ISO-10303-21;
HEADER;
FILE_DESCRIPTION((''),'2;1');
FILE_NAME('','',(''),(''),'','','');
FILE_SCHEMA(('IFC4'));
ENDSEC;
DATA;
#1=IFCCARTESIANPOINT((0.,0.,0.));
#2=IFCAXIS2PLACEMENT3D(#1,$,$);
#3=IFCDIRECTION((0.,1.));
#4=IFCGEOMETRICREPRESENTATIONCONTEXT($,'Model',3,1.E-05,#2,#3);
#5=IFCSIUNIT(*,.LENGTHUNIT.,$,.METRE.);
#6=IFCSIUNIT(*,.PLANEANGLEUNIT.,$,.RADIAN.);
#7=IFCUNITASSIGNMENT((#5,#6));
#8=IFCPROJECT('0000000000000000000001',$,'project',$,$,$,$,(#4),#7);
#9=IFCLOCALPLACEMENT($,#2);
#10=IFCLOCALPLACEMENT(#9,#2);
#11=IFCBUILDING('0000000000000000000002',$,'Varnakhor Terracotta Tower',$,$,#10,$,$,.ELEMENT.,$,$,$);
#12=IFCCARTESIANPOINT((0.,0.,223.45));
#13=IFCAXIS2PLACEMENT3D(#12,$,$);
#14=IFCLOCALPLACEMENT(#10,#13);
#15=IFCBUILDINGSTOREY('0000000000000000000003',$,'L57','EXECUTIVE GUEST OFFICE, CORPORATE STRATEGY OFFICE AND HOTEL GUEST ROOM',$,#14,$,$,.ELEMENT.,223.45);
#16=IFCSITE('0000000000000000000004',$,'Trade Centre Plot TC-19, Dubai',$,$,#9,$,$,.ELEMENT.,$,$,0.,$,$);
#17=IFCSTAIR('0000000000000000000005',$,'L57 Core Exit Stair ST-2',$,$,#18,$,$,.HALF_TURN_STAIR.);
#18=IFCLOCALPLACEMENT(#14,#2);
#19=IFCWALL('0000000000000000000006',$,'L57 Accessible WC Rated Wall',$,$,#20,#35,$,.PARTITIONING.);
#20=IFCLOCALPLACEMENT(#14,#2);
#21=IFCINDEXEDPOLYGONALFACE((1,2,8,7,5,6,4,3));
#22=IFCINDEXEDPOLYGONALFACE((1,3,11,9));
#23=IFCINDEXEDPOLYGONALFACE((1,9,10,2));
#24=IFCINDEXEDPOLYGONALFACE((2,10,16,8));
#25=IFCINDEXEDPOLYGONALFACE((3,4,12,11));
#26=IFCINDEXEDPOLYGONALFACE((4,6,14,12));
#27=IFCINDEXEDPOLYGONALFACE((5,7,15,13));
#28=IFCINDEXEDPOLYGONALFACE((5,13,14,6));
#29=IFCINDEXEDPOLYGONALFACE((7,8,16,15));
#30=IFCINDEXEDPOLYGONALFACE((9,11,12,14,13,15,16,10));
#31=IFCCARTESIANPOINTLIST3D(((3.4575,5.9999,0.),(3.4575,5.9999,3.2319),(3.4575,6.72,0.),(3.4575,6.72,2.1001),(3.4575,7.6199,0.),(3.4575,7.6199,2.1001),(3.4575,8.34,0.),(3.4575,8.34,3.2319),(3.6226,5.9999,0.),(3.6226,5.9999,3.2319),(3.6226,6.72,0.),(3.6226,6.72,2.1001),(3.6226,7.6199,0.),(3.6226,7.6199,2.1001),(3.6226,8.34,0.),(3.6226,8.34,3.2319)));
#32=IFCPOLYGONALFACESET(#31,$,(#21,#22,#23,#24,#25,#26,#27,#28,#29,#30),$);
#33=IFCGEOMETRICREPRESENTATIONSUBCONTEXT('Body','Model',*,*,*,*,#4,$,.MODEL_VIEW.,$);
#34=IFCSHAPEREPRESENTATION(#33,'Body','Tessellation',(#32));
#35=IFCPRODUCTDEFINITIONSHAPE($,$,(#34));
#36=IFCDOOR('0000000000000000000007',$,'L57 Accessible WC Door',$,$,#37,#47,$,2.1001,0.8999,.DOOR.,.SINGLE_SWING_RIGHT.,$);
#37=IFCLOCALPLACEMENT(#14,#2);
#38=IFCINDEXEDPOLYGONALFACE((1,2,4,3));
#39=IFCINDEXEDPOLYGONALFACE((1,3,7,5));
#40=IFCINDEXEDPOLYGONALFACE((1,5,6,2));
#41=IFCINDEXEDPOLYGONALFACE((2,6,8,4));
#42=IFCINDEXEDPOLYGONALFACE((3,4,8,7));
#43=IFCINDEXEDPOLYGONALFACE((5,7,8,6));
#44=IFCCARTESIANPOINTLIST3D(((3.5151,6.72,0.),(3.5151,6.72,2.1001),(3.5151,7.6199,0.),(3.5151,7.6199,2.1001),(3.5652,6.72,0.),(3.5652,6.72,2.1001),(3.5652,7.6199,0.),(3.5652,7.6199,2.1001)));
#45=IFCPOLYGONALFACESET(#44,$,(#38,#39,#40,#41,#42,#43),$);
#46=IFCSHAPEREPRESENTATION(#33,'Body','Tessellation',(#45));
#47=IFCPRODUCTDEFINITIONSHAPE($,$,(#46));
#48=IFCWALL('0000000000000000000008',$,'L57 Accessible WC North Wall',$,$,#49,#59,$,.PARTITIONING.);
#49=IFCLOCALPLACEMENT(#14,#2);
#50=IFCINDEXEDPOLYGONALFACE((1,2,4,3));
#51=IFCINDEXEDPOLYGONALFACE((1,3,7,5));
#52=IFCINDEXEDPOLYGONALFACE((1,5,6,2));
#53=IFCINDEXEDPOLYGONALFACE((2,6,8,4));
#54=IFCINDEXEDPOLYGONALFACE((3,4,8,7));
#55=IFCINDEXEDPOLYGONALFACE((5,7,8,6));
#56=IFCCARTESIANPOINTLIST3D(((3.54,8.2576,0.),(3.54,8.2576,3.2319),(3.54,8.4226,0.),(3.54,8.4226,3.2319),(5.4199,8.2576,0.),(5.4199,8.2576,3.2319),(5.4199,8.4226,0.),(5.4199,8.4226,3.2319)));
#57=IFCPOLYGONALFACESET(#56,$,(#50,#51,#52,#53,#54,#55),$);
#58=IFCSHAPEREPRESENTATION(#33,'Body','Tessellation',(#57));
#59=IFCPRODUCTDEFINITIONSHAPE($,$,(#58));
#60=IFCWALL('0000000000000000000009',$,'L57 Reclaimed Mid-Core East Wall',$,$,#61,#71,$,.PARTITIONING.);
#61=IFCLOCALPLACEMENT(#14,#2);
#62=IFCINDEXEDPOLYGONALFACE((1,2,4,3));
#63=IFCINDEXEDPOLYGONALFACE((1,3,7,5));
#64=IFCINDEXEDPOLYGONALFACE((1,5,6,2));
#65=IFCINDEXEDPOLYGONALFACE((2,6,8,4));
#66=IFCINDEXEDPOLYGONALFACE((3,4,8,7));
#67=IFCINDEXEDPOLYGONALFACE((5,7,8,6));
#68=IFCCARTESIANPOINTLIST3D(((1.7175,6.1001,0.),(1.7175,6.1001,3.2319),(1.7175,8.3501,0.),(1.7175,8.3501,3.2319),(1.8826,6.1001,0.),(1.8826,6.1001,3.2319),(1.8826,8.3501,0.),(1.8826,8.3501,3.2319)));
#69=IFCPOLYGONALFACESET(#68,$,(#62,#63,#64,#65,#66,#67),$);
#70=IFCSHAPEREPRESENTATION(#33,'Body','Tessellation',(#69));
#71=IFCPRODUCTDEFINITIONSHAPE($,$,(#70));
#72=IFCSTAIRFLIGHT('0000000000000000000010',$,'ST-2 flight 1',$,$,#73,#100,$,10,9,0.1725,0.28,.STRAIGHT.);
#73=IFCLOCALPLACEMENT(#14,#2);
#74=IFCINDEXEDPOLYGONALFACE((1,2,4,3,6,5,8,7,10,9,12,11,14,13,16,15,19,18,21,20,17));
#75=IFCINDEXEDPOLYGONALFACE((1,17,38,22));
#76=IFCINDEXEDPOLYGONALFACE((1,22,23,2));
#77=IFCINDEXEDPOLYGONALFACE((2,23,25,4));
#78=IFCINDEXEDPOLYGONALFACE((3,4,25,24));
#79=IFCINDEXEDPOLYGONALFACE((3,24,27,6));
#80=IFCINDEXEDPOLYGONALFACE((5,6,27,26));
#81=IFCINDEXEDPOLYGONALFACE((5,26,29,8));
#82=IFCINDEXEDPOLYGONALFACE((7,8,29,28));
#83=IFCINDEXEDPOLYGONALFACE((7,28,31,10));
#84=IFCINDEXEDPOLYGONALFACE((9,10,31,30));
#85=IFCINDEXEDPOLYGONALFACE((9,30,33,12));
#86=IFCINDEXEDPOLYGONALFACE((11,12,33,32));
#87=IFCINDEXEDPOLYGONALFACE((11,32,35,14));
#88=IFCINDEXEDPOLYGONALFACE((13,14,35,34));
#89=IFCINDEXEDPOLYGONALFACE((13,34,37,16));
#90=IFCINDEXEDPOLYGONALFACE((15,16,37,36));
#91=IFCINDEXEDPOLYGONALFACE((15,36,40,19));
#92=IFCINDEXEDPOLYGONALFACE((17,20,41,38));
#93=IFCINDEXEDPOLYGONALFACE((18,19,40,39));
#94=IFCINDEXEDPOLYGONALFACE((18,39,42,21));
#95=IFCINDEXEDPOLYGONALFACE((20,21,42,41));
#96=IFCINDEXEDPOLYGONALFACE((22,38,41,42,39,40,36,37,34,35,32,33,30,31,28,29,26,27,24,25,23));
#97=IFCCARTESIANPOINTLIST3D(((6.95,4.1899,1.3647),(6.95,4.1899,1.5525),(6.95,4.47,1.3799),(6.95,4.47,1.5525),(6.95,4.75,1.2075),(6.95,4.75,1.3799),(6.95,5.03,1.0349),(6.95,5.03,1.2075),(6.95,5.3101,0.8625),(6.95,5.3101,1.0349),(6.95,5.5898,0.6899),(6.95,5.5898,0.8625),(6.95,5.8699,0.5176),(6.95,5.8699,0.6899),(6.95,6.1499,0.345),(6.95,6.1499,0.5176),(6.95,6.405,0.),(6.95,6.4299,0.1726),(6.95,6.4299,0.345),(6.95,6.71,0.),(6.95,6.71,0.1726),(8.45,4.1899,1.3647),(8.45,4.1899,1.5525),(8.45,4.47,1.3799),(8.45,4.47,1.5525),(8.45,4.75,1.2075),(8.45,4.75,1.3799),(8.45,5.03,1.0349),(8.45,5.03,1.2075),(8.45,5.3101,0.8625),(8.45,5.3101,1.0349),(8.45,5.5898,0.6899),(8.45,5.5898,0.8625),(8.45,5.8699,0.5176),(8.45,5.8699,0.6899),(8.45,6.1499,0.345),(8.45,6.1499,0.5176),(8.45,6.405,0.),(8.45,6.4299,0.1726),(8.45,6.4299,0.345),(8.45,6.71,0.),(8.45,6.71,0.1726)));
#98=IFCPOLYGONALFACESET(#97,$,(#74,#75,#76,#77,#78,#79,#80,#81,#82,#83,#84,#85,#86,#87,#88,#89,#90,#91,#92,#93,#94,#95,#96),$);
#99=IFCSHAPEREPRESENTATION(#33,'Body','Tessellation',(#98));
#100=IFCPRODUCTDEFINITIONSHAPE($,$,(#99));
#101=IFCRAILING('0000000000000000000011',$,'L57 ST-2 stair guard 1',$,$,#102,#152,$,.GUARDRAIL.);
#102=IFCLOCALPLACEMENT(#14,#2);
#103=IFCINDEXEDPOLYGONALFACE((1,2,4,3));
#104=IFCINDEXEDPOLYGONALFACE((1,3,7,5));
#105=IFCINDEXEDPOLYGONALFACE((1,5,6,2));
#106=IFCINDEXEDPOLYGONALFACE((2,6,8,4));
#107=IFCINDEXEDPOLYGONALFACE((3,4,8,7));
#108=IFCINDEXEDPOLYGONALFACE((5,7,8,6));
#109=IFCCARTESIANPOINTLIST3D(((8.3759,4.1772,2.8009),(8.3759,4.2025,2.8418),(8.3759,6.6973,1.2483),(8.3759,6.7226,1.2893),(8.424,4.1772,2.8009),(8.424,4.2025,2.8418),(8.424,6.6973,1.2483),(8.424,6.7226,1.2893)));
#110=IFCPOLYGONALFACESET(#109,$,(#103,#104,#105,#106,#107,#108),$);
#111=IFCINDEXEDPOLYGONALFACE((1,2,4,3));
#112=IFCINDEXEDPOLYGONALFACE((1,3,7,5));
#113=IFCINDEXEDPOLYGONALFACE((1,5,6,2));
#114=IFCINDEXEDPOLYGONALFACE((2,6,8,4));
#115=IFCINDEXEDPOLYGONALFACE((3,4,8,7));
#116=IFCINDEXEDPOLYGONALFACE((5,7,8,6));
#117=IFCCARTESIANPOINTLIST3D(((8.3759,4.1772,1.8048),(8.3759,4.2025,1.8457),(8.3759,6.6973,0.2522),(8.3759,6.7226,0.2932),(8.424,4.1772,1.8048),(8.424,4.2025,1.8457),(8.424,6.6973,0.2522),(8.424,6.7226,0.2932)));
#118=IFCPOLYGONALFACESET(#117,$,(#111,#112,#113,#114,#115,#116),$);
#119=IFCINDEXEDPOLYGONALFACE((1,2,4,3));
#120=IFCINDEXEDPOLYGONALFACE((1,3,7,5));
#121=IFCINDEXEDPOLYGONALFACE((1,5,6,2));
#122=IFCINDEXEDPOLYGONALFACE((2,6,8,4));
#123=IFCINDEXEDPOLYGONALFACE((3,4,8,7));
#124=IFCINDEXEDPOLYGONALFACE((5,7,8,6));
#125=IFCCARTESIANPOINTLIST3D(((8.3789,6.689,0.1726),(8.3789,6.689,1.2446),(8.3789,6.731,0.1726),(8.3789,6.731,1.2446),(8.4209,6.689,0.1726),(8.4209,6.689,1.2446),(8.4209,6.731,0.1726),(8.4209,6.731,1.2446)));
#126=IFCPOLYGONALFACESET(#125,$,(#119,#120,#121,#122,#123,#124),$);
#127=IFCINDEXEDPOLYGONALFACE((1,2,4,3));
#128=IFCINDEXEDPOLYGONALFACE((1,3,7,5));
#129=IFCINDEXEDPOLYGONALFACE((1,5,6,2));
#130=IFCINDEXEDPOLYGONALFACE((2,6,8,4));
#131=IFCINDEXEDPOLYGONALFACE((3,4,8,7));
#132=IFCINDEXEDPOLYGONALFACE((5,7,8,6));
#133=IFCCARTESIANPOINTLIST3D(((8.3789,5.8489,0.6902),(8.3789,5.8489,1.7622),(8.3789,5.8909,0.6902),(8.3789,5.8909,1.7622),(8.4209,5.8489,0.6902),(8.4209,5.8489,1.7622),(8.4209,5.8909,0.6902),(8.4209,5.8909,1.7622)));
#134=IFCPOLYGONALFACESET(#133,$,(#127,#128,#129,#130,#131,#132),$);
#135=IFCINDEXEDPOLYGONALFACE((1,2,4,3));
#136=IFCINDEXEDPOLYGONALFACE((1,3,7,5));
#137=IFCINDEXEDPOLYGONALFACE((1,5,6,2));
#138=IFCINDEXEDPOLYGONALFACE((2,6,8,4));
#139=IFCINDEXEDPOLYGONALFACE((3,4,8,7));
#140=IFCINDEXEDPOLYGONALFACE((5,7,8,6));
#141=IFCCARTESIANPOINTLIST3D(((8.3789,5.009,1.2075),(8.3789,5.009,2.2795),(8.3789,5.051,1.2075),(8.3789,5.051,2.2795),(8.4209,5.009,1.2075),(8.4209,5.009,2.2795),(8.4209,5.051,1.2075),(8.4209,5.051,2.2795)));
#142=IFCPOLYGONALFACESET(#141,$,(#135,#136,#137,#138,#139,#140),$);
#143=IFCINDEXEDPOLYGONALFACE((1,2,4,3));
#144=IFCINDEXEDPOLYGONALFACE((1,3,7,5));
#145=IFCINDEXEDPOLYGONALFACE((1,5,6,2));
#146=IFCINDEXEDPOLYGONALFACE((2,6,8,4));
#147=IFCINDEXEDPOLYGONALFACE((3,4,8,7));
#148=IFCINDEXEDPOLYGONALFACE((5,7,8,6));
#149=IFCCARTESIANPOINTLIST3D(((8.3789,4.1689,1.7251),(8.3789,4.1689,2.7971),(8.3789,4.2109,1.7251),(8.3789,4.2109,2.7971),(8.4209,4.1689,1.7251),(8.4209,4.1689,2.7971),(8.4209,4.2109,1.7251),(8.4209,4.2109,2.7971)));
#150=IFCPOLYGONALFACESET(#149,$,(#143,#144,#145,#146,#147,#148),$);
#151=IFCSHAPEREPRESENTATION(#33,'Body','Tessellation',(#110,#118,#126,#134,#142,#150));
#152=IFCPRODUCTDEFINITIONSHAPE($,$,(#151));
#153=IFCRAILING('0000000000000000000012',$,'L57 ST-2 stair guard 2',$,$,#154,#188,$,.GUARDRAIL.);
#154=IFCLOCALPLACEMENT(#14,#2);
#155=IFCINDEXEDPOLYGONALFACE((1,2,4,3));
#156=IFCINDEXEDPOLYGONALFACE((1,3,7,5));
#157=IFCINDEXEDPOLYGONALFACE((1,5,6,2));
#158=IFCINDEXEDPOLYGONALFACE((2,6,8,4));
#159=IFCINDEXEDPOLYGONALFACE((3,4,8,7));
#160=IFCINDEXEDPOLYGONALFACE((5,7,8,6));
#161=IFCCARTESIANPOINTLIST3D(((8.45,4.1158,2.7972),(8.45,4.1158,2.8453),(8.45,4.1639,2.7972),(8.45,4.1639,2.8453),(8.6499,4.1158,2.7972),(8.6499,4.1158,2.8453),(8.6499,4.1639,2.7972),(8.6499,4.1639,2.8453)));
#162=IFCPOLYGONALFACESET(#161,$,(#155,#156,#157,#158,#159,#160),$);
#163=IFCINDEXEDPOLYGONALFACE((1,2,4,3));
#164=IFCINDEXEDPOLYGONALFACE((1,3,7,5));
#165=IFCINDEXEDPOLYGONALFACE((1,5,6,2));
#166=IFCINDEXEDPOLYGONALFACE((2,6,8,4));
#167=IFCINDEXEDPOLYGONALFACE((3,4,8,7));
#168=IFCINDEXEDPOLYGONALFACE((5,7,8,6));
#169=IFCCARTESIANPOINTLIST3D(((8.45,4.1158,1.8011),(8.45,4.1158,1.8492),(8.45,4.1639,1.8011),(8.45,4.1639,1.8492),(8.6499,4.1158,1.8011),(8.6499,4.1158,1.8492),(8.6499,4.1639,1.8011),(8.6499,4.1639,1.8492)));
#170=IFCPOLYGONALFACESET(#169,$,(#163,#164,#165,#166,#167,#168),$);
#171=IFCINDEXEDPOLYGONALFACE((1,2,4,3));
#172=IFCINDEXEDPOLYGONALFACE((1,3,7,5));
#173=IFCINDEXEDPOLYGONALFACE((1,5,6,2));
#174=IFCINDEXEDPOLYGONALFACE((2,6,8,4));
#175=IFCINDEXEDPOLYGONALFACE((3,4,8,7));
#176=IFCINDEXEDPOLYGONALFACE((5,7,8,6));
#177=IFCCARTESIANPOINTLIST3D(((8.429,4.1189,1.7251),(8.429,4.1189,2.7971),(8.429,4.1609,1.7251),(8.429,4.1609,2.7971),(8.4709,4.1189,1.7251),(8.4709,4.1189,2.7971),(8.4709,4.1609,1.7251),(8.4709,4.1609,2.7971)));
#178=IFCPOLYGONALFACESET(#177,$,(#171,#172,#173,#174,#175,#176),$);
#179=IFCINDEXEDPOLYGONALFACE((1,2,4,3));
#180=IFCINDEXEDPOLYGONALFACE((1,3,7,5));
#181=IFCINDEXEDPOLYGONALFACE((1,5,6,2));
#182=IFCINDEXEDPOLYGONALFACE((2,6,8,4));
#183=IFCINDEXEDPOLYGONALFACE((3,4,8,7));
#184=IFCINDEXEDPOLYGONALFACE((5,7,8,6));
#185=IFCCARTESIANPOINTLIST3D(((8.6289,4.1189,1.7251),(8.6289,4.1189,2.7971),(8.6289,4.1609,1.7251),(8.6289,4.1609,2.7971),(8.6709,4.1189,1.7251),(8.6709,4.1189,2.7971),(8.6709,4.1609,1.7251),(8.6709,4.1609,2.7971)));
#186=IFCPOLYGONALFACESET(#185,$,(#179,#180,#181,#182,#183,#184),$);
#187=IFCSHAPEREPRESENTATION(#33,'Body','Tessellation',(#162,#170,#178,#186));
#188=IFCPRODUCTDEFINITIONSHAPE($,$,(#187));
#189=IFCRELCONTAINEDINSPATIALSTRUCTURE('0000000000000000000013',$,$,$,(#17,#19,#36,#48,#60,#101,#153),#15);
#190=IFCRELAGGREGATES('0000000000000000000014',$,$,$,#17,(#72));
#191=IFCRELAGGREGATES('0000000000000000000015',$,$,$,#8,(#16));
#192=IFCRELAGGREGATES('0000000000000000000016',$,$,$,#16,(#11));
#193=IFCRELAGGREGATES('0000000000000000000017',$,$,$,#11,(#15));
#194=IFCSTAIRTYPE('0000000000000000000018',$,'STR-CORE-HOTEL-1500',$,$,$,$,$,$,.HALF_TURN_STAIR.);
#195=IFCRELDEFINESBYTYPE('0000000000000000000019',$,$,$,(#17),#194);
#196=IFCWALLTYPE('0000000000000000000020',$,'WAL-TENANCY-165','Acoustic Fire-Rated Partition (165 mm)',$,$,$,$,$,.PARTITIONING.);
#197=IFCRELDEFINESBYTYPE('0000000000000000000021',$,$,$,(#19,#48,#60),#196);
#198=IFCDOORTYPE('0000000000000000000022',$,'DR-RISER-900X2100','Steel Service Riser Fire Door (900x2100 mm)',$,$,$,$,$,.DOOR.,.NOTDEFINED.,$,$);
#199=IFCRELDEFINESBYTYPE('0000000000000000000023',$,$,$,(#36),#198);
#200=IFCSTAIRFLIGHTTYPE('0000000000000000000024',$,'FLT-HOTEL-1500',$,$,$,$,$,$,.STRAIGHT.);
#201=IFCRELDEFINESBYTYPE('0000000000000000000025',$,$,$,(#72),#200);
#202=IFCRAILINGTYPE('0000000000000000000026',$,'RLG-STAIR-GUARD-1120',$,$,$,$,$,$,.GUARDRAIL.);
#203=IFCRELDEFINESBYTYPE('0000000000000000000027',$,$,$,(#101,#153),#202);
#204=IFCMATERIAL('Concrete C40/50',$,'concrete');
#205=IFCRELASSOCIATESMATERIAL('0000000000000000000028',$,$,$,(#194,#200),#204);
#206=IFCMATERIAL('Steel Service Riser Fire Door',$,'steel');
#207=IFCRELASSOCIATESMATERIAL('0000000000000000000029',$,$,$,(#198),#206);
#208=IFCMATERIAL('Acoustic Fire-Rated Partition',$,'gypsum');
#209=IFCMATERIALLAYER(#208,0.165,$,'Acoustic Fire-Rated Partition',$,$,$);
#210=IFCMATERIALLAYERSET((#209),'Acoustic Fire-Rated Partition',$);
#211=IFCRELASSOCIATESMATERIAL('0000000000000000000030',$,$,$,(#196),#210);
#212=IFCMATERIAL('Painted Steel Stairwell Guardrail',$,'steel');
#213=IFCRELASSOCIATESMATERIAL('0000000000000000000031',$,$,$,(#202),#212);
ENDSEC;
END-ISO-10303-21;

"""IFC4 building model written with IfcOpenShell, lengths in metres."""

from ifc_helpers import new_model, si_unit, direction, frame, frame_2d, origin, origin_2d, place, context, subcontext, project, spatial, polyline, rectangle, outline, extrude, source, transform, mapped, material, layer, layer_set, type_object, type_shapes, element, fill, aggregate, save


model = new_model("IFC4")

# Units and contexts
model_context = context("Model", 3, precision=1e-05, world=origin(), true_north=direction((0.0, 1.0)))
body_context = subcontext(model_context, "Body", "Model", "MODEL_VIEW")
ifc_project = project(units=[si_unit("LENGTHUNIT", "METRE"), si_unit("PLANEANGLEUNIT", "RADIAN")], contexts=[model_context])

# Site, building, storey
site_placement = place(None, origin())
site = spatial("IfcSite", under=ifc_project, at=site_placement, Name="Trade Centre Plot TC-19, Dubai", CompositionType="ELEMENT", RefElevation=0.0)
building_placement = place(site_placement, origin())
building = spatial("IfcBuilding", under=site, at=building_placement, Name="Varnakhor Terracotta Tower", CompositionType="ELEMENT")
storey_placement = place(building_placement, frame((0.0, 0.0, 223.45)))
storey = spatial("IfcBuildingStorey", under=building, at=storey_placement, Name="L57", Description="EXECUTIVE GUEST OFFICE, CORPORATE STRATEGY OFFICE AND HOTEL GUEST ROOM", CompositionType="ELEMENT", Elevation=223.45)

# Shared definitions
ifc_material_1 = material(Name="Concrete C40/50", Category="concrete")

# Stair
stair_type = type_object("IfcStairType", Name="STR-CORE-HOTEL-1500", PredefinedType="HALF_TURN_STAIR", material=ifc_material_1)
stair_1_placement = place(storey_placement, origin())
stair_1 = element("IfcStair", 1, at=stair_1_placement, inside=storey, type_object=stair_type, Name="L57 Core Exit Stair ST-2", PredefinedType="HALF_TURN_STAIR")

# Shared definitions
ifc_material_2 = material(Name="Acoustic Fire-Rated Partition", Category="gypsum")

# Wall, opening, door
ifc_material_3 = material(Name="Steel Service Riser Fire Door", Category="steel")
door_type_1 = type_object("IfcDoorType", Name="DR-RISER-900X2100", Description="Steel Service Riser Fire Door (900x2100 mm)", OperationType="NOTDEFINED", PredefinedType="DOOR", material=ifc_material_3)
shared_shape_1 = source(origin(), body_context, "Body", "SweptSolid", [
    extrude(rectangle(XDim=0.8999, YDim=2.1001, at=frame_2d((0.45, 1.05))), frame((0.0, 0.0249, 0.0), z_axis=(0.0, -1.0, 0.0), x_axis=(1.0, 0.0, 0.0)), (0.0, 0.0, 1.0), 0.05),
])
type_shapes(door_type_1, [shared_shape_1])
ifc_layer_1 = layer(ifc_material_2, 0.165, Name="Acoustic Fire-Rated Partition")
ifc_layer_set_1 = layer_set([ifc_layer_1], Name="Acoustic Fire-Rated Partition")
wall_type_1 = type_object("IfcWallType", Name="WAL-TENANCY-165", Description="Acoustic Fire-Rated Partition (165 mm)", PredefinedType="PARTITIONING", material=ifc_layer_set_1)
wall_1_placement = place(storey_placement, frame((3.54, 6.0, 0.0), z_axis=(0.0, 0.0, 1.0), x_axis=(0.0, 1.0, 0.0)))
wall_1 = element("IfcWall", 2, at=wall_1_placement, inside=storey, type_object=wall_type_1, Name="L57 Accessible WC Rated Wall", PredefinedType="PARTITIONING", context=body_context, shape_type="SweptSolid", body=[
    extrude(rectangle(XDim=2.3401, YDim=0.165, at=frame_2d((1.1699, 0.0))), origin(), (0.0, 0.0, 1.0), 3.2319),
])
opening_1_placement = place(wall_1_placement, frame((0.72, 0.0, 0.0)))
opening_1 = element("IfcOpeningElement", 3, at=opening_1_placement, cuts=wall_1, PredefinedType="OPENING", context=body_context, shape_type="SweptSolid", body=[
    extrude(rectangle(XDim=0.8999, YDim=2.1001, at=frame_2d((0.45, 1.05))), frame((0.0, 0.0925, 0.0), z_axis=(0.0, -1.0, 0.0), x_axis=(1.0, 0.0, 0.0)), (0.0, 0.0, 1.0), 0.1851),
])
door_1_placement = place(opening_1_placement, origin())
door_1 = element("IfcDoor", 4, at=door_1_placement, inside=storey, type_object=door_type_1, Name="L57 Accessible WC Door", OperationType="SINGLE_SWING_RIGHT", OverallHeight=2.1001, OverallWidth=0.8999, PredefinedType="DOOR", context=body_context, shape_type="MappedRepresentation", body=[
    mapped(shared_shape_1, transform((0.0, 0.0, 0.0), scale=1.0)),
])
fill(opening_1, door_1)

# Walls
wall_2_placement = place(storey_placement, frame((3.54, 8.3401, 0.0), z_axis=(0.0, 0.0, 1.0), x_axis=(1.0, 0.0, 0.0)))
element("IfcWall", 5, at=wall_2_placement, inside=storey, type_object=wall_type_1, Name="L57 Accessible WC North Wall", PredefinedType="PARTITIONING", context=body_context, shape_type="SweptSolid", body=[
    extrude(rectangle(XDim=1.8799, YDim=0.165, at=frame_2d((0.9399, 0.0))), origin(), (0.0, 0.0, 1.0), 3.2319),
])
wall_3_placement = place(storey_placement, frame((1.8, 6.1001, 0.0), z_axis=(0.0, 0.0, 1.0), x_axis=(0.0, 1.0, 0.0)))
element("IfcWall", 6, at=wall_3_placement, inside=storey, type_object=wall_type_1, Name="L57 Reclaimed Mid-Core East Wall", PredefinedType="PARTITIONING", context=body_context, shape_type="SweptSolid", body=[
    extrude(rectangle(XDim=2.25, YDim=0.165, at=frame_2d((1.125, 0.0))), origin(), (0.0, 0.0, 1.0), 3.2319),
])

# Stair flight
stair_flight_type = type_object("IfcStairFlightType", Name="FLT-HOTEL-1500", PredefinedType="STRAIGHT", material=ifc_material_1)
stair_flight_placement = place(storey_placement, frame((7.7, 6.71, 0.0), z_axis=(0.0, 0.0, 1.0), x_axis=(0.0, -1.0, 0.0)))
stair_flight = element("IfcStairFlight", 7, at=stair_flight_placement, type_object=stair_flight_type, Name="ST-2 flight 1", NumberOfRisers=10, NumberOfTreads=9, PredefinedType="STRAIGHT", RiserHeight=0.1725, TreadLength=0.28, context=body_context, shape_type="SweptSolid", body=[
    extrude(outline(polyline([(0.0, 0.0), (0.0, 0.1726), (0.28, 0.1726), (0.28, 0.345), (0.5601, 0.345), (0.5601, 0.5176), (0.8401, 0.5176), (0.8401, 0.6899), (1.1201, 0.6899), (1.1201, 0.8625), (1.3999, 0.8625), (1.3999, 1.0349), (1.6799, 1.0349), (1.6799, 1.2075), (1.96, 1.2075), (1.96, 1.3799), (2.24, 1.3799), (2.24, 1.5525), (2.52, 1.5525), (2.52, 1.7251), (2.52, 1.3647), (0.3049, 0.0), (0.0, 0.0)])), frame((0.0, 0.75, 0.0), z_axis=(0.0, -1.0, 0.0), x_axis=(1.0, 0.0, 0.0)), (0.0, 0.0, 1.0), 1.5),
])
aggregate(stair_1, [stair_flight])

# Railings
ifc_material_4 = material(Name="Painted Steel Stairwell Guardrail", Category="steel")
railing_type_1 = type_object("IfcRailingType", Name="RLG-STAIR-GUARD-1120", PredefinedType="GUARDRAIL", material=ifc_material_4)
railing_1_placement = place(storey_placement, frame((8.3999, 6.71, 0.1726)))
element("IfcRailing", 8, at=railing_1_placement, inside=storey, type_object=railing_type_1, Name="L57 ST-2 stair guard 1", PredefinedType="GUARDRAIL", context=body_context, shape_type="SweptSolid", body=[
    extrude(rectangle(XDim=0.0481, YDim=0.0481, at=origin_2d()), frame((0.0, 0.0, 1.0962), z_axis=(0.0, -0.8514, 0.524516), x_axis=(1.0, 0.0, 0.0)), (0.0, 0.0, 1.0), 2.96),
    extrude(rectangle(XDim=0.0481, YDim=0.0481, at=origin_2d()), frame((0.0, 0.0, 0.1001), z_axis=(0.0, -0.8514, 0.524516), x_axis=(1.0, 0.0, 0.0)), (0.0, 0.0, 1.0), 2.96),
    extrude(rectangle(XDim=0.042, YDim=0.042, at=origin_2d()), origin(), (0.0, 0.0, 1.0), 1.072),
    extrude(rectangle(XDim=0.042, YDim=0.042, at=origin_2d()), frame((0.0, -0.8401, 0.5176)), (0.0, 0.0, 1.0), 1.072),
    extrude(rectangle(XDim=0.042, YDim=0.042, at=origin_2d()), frame((0.0, -1.6799, 1.0349)), (0.0, 0.0, 1.0), 1.072),
    extrude(rectangle(XDim=0.042, YDim=0.042, at=origin_2d()), frame((0.0, -2.52, 1.5525)), (0.0, 0.0, 1.0), 1.072),
])
railing_2_placement = place(storey_placement, frame((8.45, 4.1399, 1.7251)))
element("IfcRailing", 9, at=railing_2_placement, inside=storey, type_object=railing_type_1, Name="L57 ST-2 stair guard 2", PredefinedType="GUARDRAIL", context=body_context, shape_type="SweptSolid", body=[
    extrude(rectangle(XDim=0.0481, YDim=0.0481, at=origin_2d()), frame((0.0, 0.0, 1.0962), z_axis=(1.0, 0.0, 0.0), x_axis=(0.0, 1.0, 0.0)), (0.0, 0.0, 1.0), 0.2),
    extrude(rectangle(XDim=0.0481, YDim=0.0481, at=origin_2d()), frame((0.0, 0.0, 0.1001), z_axis=(1.0, 0.0, 0.0), x_axis=(0.0, 1.0, 0.0)), (0.0, 0.0, 1.0), 0.2),
    extrude(rectangle(XDim=0.042, YDim=0.042, at=origin_2d()), origin(), (0.0, 0.0, 1.0), 1.072),
    extrude(rectangle(XDim=0.042, YDim=0.042, at=origin_2d()), frame((0.2, 0.0, 0.0)), (0.0, 0.0, 1.0), 1.072),
])

save(model, "model.ifc")
